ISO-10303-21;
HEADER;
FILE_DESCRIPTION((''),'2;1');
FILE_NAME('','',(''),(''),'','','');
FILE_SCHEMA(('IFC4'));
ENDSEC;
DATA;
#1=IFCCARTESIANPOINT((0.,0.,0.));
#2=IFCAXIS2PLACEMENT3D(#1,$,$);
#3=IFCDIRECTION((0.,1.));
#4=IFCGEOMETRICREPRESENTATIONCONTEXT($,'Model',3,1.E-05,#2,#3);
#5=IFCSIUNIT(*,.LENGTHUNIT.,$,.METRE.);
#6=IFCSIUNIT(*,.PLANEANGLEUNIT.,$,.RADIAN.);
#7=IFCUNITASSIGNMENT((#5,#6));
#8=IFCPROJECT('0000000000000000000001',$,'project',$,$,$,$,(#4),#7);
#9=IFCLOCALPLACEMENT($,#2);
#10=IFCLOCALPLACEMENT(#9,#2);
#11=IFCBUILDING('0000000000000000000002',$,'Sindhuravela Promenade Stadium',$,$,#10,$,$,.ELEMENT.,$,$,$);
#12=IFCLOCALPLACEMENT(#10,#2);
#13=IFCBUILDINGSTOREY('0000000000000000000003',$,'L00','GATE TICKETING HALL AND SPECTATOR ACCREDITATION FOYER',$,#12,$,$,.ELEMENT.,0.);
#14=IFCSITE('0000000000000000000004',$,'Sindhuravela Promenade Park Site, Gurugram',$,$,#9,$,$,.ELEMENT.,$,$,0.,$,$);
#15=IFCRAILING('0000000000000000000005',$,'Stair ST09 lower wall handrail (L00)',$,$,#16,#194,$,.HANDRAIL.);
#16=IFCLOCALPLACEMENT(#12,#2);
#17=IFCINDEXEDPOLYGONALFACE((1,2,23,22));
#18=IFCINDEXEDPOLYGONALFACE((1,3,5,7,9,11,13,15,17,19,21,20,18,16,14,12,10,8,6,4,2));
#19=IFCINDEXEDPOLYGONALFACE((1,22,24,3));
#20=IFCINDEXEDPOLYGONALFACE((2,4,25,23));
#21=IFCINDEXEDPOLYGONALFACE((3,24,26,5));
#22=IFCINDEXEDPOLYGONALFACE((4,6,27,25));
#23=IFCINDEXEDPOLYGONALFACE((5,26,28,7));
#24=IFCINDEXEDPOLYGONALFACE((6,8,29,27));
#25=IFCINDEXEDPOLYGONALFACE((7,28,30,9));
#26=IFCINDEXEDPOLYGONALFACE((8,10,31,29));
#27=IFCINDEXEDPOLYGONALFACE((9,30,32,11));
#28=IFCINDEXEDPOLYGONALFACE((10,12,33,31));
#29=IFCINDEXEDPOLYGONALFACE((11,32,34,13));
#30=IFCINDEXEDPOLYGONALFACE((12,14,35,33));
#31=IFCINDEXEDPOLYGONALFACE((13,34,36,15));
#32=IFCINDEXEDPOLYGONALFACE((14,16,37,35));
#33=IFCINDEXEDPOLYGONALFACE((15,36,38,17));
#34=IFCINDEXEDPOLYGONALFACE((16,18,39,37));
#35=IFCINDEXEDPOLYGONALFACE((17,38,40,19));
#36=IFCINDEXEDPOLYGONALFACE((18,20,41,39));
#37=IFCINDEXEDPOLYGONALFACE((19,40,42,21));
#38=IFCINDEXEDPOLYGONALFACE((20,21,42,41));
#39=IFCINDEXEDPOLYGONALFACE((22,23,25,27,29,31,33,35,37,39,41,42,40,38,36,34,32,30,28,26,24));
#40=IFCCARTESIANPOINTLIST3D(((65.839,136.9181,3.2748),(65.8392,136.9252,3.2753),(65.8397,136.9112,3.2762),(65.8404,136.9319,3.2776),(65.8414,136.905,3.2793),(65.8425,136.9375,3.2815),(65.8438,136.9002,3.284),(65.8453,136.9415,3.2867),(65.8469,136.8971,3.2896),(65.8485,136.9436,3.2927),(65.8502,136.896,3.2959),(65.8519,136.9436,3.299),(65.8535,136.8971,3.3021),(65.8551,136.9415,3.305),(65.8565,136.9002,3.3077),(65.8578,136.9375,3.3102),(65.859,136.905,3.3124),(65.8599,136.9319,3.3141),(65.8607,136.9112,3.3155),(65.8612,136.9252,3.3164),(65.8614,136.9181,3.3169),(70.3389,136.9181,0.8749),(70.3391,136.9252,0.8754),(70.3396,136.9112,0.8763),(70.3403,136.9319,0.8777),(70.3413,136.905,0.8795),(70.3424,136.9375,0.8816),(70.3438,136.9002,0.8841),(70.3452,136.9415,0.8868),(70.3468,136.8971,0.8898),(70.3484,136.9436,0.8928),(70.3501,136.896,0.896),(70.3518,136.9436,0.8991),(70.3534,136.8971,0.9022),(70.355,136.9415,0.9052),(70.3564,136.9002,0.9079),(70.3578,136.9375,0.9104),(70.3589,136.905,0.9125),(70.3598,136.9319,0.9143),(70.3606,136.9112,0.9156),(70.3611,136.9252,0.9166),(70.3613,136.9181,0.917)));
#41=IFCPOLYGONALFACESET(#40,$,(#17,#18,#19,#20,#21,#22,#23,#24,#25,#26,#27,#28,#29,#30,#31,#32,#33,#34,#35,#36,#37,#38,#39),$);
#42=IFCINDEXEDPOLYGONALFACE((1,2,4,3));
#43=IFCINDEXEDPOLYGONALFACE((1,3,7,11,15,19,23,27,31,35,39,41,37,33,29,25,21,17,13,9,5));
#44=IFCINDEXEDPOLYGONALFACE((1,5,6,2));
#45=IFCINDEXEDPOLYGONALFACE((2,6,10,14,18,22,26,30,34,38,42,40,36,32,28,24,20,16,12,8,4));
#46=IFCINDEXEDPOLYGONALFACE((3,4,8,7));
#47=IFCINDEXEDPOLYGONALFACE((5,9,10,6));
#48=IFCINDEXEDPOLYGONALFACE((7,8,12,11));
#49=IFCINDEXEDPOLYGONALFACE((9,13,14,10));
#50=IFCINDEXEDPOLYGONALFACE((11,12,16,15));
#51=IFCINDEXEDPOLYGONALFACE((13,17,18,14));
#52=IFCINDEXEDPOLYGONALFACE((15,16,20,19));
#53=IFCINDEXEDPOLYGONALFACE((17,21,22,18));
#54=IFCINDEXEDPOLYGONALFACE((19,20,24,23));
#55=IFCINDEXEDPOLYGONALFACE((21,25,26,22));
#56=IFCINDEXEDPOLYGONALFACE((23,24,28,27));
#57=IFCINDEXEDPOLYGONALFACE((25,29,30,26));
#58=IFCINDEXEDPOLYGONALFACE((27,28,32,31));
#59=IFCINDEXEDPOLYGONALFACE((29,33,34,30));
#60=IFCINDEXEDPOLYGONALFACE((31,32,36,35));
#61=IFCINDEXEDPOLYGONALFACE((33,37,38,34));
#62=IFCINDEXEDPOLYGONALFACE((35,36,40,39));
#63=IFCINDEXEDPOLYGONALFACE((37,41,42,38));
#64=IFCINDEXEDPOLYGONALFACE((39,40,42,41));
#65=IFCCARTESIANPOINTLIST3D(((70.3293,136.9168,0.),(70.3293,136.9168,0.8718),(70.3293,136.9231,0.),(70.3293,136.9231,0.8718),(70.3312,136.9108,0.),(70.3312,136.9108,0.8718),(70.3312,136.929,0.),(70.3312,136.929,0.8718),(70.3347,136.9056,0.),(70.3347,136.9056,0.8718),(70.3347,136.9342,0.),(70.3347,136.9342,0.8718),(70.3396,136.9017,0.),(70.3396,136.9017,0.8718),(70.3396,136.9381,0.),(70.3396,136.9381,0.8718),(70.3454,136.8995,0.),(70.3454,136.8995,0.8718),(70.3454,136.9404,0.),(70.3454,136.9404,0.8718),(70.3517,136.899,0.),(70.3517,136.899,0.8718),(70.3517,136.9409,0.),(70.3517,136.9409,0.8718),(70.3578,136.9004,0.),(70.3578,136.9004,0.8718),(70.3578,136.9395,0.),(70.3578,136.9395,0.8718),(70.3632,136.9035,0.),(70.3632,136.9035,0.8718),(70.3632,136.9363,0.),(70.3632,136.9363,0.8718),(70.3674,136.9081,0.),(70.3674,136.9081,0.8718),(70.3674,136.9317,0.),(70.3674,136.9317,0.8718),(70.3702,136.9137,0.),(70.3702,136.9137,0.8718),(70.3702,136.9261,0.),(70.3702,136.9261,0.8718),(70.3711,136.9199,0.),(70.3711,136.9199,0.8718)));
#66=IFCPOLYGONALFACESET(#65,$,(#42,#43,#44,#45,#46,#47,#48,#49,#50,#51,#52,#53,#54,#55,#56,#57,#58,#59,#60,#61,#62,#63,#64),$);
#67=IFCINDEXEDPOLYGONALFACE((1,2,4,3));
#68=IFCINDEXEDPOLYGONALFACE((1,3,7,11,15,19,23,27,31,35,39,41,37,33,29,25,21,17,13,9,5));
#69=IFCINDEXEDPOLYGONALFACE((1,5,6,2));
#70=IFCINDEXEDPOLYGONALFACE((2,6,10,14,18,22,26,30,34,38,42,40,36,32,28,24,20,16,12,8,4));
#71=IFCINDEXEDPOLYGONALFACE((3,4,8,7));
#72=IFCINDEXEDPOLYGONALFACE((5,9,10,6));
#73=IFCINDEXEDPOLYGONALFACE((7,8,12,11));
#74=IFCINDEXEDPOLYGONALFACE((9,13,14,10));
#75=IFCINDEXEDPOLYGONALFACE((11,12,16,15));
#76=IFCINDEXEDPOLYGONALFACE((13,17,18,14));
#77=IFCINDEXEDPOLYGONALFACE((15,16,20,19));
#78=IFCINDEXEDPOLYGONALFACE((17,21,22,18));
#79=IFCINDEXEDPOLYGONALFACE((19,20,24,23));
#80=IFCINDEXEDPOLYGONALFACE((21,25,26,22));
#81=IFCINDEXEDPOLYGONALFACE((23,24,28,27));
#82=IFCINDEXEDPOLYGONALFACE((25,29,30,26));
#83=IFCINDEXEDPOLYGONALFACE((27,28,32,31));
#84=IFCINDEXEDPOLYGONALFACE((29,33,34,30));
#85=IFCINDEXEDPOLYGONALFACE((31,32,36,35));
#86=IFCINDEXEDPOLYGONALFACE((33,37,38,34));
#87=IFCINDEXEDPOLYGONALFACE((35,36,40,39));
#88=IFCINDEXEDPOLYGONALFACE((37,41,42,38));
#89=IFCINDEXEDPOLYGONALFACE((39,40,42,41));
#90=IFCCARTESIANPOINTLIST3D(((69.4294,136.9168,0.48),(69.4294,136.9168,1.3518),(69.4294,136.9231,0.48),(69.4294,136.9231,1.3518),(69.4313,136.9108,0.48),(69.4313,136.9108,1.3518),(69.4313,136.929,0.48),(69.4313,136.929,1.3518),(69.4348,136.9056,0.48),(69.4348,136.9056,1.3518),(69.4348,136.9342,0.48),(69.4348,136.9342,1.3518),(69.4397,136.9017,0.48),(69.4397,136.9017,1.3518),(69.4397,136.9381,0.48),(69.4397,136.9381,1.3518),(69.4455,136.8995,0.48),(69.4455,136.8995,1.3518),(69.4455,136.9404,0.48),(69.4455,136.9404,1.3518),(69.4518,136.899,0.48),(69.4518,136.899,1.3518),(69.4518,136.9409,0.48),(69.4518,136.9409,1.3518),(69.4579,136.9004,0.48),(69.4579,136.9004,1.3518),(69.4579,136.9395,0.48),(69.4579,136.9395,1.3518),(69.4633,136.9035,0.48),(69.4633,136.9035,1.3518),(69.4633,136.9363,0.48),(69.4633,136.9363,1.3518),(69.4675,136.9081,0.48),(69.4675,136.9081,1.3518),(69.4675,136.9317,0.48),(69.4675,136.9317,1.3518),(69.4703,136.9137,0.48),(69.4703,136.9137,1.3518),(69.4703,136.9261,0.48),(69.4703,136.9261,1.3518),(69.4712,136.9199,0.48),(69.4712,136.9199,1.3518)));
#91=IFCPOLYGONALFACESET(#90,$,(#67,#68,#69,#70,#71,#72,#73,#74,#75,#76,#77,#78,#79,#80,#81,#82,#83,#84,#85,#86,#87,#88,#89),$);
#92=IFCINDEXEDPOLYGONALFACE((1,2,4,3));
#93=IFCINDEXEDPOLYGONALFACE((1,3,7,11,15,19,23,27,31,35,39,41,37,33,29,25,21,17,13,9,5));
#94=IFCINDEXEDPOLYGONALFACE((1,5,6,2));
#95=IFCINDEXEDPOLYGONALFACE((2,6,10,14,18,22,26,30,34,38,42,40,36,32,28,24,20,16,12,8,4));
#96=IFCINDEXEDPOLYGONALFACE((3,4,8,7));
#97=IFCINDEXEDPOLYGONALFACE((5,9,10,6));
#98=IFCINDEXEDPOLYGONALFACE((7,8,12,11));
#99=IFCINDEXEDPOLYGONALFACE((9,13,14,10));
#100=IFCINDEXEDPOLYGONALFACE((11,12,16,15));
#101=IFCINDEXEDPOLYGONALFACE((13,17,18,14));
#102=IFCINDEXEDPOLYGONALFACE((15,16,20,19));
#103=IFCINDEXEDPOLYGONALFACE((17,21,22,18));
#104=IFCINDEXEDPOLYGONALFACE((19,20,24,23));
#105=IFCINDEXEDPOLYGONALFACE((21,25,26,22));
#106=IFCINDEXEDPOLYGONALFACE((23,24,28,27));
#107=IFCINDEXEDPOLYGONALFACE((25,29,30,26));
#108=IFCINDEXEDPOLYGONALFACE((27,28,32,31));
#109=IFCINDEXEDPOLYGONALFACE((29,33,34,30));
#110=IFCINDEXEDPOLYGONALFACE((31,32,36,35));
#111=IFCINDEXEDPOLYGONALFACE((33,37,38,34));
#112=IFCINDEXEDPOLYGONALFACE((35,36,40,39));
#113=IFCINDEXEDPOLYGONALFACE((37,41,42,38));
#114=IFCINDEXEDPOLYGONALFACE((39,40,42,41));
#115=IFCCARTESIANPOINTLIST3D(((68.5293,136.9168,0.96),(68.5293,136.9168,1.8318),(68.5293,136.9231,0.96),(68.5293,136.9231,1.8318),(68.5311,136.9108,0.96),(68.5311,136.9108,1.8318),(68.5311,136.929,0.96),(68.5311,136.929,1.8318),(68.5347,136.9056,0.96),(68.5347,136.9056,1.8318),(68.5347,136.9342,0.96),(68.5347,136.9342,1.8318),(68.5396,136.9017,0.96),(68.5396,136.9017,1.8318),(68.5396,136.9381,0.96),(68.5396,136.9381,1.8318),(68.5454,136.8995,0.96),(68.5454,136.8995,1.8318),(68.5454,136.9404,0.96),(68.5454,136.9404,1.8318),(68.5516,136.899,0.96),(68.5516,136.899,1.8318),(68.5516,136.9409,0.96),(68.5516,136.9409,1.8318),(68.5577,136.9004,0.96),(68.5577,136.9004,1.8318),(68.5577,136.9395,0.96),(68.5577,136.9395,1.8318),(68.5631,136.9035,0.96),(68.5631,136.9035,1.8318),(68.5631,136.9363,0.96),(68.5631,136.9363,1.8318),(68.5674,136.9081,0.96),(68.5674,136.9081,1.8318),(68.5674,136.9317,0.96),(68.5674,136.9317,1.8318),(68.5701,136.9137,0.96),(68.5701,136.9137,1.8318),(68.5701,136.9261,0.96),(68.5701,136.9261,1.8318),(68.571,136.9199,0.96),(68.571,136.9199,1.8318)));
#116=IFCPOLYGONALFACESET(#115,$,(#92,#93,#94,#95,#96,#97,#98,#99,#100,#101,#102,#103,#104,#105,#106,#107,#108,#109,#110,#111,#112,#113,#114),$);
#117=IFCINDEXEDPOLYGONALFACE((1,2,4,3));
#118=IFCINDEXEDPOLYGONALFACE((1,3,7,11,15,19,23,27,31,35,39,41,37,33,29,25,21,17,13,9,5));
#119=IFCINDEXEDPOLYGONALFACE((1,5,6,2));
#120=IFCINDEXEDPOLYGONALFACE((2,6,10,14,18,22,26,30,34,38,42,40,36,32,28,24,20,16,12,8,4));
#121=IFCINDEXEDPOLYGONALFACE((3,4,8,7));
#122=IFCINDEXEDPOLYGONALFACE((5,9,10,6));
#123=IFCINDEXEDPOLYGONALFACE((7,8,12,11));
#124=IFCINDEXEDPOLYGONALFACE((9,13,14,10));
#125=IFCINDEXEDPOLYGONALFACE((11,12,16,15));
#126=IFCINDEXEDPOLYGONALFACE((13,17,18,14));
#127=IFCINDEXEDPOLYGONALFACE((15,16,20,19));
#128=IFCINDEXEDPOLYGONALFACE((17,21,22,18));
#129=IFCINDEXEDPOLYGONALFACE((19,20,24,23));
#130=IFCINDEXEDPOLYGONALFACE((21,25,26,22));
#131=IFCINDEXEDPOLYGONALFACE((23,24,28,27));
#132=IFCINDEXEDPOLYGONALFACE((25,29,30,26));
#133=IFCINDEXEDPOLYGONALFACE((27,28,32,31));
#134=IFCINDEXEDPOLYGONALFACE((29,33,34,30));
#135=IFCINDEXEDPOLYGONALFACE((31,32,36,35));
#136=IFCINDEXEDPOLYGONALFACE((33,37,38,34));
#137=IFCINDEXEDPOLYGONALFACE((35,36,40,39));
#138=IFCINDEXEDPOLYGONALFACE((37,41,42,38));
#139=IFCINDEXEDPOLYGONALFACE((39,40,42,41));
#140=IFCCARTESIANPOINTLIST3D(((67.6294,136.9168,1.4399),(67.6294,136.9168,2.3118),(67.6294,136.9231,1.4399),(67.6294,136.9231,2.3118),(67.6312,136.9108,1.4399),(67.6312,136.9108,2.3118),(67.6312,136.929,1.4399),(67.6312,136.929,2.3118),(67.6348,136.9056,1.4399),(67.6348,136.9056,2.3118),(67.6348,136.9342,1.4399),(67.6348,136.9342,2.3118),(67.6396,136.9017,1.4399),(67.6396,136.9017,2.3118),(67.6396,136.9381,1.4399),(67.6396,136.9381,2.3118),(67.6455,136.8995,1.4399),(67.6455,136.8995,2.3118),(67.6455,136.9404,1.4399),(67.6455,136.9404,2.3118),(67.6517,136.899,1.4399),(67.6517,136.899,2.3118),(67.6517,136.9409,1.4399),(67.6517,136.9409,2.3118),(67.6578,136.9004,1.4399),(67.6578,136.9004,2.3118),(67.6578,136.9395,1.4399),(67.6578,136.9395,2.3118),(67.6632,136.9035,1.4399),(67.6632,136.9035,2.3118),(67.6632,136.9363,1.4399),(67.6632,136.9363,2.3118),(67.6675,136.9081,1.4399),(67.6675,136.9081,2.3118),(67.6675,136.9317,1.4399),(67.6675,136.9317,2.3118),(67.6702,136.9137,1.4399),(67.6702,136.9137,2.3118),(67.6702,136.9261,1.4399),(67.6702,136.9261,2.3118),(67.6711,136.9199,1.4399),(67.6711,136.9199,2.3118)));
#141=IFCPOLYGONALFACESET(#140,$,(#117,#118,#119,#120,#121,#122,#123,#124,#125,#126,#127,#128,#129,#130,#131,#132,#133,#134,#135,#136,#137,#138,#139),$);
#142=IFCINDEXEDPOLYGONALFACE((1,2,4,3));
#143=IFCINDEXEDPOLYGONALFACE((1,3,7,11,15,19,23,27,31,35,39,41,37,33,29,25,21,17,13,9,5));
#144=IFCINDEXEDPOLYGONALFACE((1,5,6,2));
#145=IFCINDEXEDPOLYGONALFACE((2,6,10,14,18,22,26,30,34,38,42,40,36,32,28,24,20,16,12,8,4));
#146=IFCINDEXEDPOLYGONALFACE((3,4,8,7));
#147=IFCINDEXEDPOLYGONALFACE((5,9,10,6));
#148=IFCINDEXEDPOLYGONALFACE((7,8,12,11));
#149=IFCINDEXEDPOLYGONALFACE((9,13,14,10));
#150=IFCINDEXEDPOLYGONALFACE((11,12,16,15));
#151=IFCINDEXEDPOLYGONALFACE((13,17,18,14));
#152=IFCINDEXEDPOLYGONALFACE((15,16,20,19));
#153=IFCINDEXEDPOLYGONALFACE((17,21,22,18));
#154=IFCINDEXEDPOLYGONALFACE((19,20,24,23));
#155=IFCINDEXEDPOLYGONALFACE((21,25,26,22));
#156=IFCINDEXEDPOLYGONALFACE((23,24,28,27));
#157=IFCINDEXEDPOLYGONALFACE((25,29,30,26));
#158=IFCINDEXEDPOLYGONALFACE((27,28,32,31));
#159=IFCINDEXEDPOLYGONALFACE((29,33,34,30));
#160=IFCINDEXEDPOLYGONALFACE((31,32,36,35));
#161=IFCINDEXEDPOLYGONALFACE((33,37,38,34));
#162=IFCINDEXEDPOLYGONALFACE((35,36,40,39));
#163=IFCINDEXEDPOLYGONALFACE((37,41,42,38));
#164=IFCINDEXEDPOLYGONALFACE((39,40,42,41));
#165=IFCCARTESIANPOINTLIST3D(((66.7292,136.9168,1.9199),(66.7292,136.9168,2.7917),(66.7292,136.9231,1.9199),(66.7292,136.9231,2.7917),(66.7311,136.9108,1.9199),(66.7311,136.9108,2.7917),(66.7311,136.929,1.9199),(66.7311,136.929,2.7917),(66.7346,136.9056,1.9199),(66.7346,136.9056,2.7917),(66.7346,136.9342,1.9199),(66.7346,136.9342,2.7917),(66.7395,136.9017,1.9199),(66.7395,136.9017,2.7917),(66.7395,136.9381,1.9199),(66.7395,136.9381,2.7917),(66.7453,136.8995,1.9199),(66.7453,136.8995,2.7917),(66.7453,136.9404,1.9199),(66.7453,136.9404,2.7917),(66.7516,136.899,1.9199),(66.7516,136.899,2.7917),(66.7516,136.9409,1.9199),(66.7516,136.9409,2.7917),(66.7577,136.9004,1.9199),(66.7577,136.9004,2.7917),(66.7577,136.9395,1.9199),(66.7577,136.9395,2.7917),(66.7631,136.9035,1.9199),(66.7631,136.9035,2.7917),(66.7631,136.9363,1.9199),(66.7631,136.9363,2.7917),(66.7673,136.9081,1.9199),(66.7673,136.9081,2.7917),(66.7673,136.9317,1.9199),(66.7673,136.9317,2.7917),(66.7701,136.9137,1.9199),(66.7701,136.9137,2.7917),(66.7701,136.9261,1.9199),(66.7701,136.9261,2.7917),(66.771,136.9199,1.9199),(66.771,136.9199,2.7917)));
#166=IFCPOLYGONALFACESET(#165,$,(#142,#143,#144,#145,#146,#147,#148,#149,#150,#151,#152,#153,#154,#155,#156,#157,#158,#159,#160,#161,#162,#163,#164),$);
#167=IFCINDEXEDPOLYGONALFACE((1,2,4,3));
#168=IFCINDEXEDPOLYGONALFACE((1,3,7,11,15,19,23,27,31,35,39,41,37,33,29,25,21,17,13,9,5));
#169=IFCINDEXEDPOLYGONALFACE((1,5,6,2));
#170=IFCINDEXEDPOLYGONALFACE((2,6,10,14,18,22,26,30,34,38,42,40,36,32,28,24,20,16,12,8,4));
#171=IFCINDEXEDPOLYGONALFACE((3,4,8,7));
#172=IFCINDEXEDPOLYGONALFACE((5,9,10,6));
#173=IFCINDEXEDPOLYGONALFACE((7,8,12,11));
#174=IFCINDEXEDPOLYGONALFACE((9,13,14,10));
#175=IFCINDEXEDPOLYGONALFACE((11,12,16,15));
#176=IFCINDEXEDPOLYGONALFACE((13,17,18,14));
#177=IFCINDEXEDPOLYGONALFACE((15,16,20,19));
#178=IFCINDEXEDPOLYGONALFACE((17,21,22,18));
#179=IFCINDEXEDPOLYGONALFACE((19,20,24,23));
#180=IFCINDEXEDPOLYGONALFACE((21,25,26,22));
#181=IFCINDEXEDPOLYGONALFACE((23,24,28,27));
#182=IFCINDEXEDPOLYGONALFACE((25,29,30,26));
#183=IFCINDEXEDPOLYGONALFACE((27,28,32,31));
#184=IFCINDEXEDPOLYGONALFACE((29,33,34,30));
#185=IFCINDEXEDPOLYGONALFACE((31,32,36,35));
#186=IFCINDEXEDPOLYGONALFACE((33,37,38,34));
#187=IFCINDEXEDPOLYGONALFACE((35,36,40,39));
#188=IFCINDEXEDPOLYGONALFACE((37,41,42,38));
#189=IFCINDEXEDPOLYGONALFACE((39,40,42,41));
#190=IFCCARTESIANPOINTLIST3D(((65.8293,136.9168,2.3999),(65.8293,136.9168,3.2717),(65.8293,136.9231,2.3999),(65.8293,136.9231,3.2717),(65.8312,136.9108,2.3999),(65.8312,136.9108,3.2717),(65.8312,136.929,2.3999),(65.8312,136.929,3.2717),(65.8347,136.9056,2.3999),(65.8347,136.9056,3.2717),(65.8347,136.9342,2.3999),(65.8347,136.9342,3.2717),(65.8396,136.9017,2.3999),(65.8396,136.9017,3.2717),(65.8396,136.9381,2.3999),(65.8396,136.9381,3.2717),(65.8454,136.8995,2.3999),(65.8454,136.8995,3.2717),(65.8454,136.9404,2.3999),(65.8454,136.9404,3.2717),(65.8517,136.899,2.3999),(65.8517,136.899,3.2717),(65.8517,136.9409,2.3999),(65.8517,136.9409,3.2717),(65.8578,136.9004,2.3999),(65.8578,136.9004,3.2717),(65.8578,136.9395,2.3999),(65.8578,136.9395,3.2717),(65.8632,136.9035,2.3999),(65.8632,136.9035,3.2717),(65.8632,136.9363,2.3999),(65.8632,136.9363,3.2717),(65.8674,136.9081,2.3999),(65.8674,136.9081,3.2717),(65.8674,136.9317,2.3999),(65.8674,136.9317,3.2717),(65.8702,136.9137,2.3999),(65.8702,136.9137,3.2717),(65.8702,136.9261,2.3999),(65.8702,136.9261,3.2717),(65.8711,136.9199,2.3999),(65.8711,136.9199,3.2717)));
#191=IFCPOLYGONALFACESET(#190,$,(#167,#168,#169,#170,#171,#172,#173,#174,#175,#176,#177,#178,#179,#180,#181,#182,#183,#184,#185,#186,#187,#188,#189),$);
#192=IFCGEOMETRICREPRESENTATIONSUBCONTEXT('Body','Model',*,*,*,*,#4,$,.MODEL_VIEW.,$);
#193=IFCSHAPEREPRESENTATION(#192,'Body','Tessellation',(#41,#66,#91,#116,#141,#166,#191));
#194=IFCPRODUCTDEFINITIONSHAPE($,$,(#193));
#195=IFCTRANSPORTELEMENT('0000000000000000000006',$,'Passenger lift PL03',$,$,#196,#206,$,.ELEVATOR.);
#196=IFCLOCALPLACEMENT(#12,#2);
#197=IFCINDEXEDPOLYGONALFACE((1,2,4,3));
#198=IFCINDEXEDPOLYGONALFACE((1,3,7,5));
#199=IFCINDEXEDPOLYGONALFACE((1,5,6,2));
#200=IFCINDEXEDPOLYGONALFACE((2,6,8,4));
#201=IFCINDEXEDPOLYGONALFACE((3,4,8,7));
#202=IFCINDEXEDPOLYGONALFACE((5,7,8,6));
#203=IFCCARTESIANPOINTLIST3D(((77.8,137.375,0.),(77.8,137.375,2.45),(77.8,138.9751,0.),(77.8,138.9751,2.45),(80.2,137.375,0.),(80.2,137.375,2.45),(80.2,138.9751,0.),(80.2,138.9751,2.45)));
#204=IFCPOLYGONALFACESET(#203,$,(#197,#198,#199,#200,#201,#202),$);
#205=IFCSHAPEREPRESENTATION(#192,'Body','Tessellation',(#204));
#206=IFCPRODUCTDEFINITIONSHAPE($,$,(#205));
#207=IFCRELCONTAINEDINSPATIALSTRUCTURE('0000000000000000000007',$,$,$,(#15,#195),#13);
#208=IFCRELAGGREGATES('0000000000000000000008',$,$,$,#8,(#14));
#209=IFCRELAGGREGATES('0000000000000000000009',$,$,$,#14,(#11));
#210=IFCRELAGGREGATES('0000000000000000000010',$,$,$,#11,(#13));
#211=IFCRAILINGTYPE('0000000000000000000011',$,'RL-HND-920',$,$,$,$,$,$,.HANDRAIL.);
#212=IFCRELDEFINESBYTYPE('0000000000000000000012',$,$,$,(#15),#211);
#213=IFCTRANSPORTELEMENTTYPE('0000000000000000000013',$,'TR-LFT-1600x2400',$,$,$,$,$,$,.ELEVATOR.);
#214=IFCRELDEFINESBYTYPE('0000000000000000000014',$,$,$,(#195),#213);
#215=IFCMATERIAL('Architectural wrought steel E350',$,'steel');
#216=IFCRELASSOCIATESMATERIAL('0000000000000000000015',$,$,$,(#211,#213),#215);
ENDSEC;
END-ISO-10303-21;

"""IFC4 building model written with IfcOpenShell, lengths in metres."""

from ifc_helpers import new_model, si_unit, direction, frame, origin, origin_2d, place, context, subcontext, project, spatial, rectangle, circle, extrude, material, type_object, element, save


model = new_model("IFC4")

# Units and contexts
model_context = context("Model", 3, precision=1e-05, world=origin(), true_north=direction((0.0, 1.0)))
body_context = subcontext(model_context, "Body", "Model", "MODEL_VIEW")
ifc_project = project(units=[si_unit("LENGTHUNIT", "METRE"), si_unit("PLANEANGLEUNIT", "RADIAN")], contexts=[model_context])

# Site, building, storey
site_placement = place(None, origin())
site = spatial("IfcSite", under=ifc_project, at=site_placement, Name="Sindhuravela Promenade Park Site, Gurugram", CompositionType="ELEMENT", RefElevation=0.0)
building_placement = place(site_placement, origin())
building = spatial("IfcBuilding", under=site, at=building_placement, Name="Sindhuravela Promenade Stadium", CompositionType="ELEMENT")
storey_placement = place(building_placement, origin())
storey = spatial("IfcBuildingStorey", under=building, at=storey_placement, Name="L00", Description="GATE TICKETING HALL AND SPECTATOR ACCREDITATION FOYER", CompositionType="ELEMENT", Elevation=0.0)

# Shared definitions
ifc_material_1 = material(Name="Architectural wrought steel E350", Category="steel")

# Railing
railing_type_1 = type_object("IfcRailingType", Name="RL-HND-920", PredefinedType="HANDRAIL", material=ifc_material_1)
railing_1_placement = place(storey_placement, frame((70.3501, 136.9199, 0.0)))
element("IfcRailing", 1, at=railing_1_placement, inside=storey, type_object=railing_type_1, Name="Stair ST09 lower wall handrail (L00)", PredefinedType="HANDRAIL", context=body_context, shape_type="SweptSolid", body=[
    extrude(circle(Radius=0.0239, at=origin_2d()), frame((0.0, 0.0, 0.896), z_axis=(-0.882361, 0.0, 0.470573), x_axis=(0.0, -1.0, 0.0)), (0.0, 0.0, 1.0), 5.0999),
    extrude(circle(Radius=0.021, at=origin_2d()), origin(), (0.0, 0.0, 1.0), 0.8718),
    extrude(circle(Radius=0.021, at=origin_2d()), frame((-0.8999, 0.0, 0.48)), (0.0, 0.0, 1.0), 0.8718),
    extrude(circle(Radius=0.021, at=origin_2d()), frame((-1.8, 0.0, 0.96)), (0.0, 0.0, 1.0), 0.8718),
    extrude(circle(Radius=0.021, at=origin_2d()), frame((-2.7, 0.0, 1.4399)), (0.0, 0.0, 1.0), 0.8718),
    extrude(circle(Radius=0.021, at=origin_2d()), frame((-3.6001, 0.0, 1.9199)), (0.0, 0.0, 1.0), 0.8718),
    extrude(circle(Radius=0.021, at=origin_2d()), frame((-4.5, 0.0, 2.3999)), (0.0, 0.0, 1.0), 0.8718),
])

# Transport element
transport_element_type = type_object("IfcTransportElementType", Name="TR-LFT-1600x2400", PredefinedType="ELEVATOR", material=ifc_material_1)
transport_element_placement = place(storey_placement, frame((79.0, 138.175, 0.0), z_axis=(0.0, 0.0, 1.0), x_axis=(1.0, 0.0, 0.0)))
element("IfcTransportElement", 2, at=transport_element_placement, inside=storey, type_object=transport_element_type, Name="Passenger lift PL03", PredefinedType="ELEVATOR", context=body_context, shape_type="SweptSolid", body=[
    extrude(rectangle(XDim=2.3999, YDim=1.6001, at=origin_2d()), origin(), (0.0, 0.0, 1.0), 2.45),
])

save(model, "model.ifc")
